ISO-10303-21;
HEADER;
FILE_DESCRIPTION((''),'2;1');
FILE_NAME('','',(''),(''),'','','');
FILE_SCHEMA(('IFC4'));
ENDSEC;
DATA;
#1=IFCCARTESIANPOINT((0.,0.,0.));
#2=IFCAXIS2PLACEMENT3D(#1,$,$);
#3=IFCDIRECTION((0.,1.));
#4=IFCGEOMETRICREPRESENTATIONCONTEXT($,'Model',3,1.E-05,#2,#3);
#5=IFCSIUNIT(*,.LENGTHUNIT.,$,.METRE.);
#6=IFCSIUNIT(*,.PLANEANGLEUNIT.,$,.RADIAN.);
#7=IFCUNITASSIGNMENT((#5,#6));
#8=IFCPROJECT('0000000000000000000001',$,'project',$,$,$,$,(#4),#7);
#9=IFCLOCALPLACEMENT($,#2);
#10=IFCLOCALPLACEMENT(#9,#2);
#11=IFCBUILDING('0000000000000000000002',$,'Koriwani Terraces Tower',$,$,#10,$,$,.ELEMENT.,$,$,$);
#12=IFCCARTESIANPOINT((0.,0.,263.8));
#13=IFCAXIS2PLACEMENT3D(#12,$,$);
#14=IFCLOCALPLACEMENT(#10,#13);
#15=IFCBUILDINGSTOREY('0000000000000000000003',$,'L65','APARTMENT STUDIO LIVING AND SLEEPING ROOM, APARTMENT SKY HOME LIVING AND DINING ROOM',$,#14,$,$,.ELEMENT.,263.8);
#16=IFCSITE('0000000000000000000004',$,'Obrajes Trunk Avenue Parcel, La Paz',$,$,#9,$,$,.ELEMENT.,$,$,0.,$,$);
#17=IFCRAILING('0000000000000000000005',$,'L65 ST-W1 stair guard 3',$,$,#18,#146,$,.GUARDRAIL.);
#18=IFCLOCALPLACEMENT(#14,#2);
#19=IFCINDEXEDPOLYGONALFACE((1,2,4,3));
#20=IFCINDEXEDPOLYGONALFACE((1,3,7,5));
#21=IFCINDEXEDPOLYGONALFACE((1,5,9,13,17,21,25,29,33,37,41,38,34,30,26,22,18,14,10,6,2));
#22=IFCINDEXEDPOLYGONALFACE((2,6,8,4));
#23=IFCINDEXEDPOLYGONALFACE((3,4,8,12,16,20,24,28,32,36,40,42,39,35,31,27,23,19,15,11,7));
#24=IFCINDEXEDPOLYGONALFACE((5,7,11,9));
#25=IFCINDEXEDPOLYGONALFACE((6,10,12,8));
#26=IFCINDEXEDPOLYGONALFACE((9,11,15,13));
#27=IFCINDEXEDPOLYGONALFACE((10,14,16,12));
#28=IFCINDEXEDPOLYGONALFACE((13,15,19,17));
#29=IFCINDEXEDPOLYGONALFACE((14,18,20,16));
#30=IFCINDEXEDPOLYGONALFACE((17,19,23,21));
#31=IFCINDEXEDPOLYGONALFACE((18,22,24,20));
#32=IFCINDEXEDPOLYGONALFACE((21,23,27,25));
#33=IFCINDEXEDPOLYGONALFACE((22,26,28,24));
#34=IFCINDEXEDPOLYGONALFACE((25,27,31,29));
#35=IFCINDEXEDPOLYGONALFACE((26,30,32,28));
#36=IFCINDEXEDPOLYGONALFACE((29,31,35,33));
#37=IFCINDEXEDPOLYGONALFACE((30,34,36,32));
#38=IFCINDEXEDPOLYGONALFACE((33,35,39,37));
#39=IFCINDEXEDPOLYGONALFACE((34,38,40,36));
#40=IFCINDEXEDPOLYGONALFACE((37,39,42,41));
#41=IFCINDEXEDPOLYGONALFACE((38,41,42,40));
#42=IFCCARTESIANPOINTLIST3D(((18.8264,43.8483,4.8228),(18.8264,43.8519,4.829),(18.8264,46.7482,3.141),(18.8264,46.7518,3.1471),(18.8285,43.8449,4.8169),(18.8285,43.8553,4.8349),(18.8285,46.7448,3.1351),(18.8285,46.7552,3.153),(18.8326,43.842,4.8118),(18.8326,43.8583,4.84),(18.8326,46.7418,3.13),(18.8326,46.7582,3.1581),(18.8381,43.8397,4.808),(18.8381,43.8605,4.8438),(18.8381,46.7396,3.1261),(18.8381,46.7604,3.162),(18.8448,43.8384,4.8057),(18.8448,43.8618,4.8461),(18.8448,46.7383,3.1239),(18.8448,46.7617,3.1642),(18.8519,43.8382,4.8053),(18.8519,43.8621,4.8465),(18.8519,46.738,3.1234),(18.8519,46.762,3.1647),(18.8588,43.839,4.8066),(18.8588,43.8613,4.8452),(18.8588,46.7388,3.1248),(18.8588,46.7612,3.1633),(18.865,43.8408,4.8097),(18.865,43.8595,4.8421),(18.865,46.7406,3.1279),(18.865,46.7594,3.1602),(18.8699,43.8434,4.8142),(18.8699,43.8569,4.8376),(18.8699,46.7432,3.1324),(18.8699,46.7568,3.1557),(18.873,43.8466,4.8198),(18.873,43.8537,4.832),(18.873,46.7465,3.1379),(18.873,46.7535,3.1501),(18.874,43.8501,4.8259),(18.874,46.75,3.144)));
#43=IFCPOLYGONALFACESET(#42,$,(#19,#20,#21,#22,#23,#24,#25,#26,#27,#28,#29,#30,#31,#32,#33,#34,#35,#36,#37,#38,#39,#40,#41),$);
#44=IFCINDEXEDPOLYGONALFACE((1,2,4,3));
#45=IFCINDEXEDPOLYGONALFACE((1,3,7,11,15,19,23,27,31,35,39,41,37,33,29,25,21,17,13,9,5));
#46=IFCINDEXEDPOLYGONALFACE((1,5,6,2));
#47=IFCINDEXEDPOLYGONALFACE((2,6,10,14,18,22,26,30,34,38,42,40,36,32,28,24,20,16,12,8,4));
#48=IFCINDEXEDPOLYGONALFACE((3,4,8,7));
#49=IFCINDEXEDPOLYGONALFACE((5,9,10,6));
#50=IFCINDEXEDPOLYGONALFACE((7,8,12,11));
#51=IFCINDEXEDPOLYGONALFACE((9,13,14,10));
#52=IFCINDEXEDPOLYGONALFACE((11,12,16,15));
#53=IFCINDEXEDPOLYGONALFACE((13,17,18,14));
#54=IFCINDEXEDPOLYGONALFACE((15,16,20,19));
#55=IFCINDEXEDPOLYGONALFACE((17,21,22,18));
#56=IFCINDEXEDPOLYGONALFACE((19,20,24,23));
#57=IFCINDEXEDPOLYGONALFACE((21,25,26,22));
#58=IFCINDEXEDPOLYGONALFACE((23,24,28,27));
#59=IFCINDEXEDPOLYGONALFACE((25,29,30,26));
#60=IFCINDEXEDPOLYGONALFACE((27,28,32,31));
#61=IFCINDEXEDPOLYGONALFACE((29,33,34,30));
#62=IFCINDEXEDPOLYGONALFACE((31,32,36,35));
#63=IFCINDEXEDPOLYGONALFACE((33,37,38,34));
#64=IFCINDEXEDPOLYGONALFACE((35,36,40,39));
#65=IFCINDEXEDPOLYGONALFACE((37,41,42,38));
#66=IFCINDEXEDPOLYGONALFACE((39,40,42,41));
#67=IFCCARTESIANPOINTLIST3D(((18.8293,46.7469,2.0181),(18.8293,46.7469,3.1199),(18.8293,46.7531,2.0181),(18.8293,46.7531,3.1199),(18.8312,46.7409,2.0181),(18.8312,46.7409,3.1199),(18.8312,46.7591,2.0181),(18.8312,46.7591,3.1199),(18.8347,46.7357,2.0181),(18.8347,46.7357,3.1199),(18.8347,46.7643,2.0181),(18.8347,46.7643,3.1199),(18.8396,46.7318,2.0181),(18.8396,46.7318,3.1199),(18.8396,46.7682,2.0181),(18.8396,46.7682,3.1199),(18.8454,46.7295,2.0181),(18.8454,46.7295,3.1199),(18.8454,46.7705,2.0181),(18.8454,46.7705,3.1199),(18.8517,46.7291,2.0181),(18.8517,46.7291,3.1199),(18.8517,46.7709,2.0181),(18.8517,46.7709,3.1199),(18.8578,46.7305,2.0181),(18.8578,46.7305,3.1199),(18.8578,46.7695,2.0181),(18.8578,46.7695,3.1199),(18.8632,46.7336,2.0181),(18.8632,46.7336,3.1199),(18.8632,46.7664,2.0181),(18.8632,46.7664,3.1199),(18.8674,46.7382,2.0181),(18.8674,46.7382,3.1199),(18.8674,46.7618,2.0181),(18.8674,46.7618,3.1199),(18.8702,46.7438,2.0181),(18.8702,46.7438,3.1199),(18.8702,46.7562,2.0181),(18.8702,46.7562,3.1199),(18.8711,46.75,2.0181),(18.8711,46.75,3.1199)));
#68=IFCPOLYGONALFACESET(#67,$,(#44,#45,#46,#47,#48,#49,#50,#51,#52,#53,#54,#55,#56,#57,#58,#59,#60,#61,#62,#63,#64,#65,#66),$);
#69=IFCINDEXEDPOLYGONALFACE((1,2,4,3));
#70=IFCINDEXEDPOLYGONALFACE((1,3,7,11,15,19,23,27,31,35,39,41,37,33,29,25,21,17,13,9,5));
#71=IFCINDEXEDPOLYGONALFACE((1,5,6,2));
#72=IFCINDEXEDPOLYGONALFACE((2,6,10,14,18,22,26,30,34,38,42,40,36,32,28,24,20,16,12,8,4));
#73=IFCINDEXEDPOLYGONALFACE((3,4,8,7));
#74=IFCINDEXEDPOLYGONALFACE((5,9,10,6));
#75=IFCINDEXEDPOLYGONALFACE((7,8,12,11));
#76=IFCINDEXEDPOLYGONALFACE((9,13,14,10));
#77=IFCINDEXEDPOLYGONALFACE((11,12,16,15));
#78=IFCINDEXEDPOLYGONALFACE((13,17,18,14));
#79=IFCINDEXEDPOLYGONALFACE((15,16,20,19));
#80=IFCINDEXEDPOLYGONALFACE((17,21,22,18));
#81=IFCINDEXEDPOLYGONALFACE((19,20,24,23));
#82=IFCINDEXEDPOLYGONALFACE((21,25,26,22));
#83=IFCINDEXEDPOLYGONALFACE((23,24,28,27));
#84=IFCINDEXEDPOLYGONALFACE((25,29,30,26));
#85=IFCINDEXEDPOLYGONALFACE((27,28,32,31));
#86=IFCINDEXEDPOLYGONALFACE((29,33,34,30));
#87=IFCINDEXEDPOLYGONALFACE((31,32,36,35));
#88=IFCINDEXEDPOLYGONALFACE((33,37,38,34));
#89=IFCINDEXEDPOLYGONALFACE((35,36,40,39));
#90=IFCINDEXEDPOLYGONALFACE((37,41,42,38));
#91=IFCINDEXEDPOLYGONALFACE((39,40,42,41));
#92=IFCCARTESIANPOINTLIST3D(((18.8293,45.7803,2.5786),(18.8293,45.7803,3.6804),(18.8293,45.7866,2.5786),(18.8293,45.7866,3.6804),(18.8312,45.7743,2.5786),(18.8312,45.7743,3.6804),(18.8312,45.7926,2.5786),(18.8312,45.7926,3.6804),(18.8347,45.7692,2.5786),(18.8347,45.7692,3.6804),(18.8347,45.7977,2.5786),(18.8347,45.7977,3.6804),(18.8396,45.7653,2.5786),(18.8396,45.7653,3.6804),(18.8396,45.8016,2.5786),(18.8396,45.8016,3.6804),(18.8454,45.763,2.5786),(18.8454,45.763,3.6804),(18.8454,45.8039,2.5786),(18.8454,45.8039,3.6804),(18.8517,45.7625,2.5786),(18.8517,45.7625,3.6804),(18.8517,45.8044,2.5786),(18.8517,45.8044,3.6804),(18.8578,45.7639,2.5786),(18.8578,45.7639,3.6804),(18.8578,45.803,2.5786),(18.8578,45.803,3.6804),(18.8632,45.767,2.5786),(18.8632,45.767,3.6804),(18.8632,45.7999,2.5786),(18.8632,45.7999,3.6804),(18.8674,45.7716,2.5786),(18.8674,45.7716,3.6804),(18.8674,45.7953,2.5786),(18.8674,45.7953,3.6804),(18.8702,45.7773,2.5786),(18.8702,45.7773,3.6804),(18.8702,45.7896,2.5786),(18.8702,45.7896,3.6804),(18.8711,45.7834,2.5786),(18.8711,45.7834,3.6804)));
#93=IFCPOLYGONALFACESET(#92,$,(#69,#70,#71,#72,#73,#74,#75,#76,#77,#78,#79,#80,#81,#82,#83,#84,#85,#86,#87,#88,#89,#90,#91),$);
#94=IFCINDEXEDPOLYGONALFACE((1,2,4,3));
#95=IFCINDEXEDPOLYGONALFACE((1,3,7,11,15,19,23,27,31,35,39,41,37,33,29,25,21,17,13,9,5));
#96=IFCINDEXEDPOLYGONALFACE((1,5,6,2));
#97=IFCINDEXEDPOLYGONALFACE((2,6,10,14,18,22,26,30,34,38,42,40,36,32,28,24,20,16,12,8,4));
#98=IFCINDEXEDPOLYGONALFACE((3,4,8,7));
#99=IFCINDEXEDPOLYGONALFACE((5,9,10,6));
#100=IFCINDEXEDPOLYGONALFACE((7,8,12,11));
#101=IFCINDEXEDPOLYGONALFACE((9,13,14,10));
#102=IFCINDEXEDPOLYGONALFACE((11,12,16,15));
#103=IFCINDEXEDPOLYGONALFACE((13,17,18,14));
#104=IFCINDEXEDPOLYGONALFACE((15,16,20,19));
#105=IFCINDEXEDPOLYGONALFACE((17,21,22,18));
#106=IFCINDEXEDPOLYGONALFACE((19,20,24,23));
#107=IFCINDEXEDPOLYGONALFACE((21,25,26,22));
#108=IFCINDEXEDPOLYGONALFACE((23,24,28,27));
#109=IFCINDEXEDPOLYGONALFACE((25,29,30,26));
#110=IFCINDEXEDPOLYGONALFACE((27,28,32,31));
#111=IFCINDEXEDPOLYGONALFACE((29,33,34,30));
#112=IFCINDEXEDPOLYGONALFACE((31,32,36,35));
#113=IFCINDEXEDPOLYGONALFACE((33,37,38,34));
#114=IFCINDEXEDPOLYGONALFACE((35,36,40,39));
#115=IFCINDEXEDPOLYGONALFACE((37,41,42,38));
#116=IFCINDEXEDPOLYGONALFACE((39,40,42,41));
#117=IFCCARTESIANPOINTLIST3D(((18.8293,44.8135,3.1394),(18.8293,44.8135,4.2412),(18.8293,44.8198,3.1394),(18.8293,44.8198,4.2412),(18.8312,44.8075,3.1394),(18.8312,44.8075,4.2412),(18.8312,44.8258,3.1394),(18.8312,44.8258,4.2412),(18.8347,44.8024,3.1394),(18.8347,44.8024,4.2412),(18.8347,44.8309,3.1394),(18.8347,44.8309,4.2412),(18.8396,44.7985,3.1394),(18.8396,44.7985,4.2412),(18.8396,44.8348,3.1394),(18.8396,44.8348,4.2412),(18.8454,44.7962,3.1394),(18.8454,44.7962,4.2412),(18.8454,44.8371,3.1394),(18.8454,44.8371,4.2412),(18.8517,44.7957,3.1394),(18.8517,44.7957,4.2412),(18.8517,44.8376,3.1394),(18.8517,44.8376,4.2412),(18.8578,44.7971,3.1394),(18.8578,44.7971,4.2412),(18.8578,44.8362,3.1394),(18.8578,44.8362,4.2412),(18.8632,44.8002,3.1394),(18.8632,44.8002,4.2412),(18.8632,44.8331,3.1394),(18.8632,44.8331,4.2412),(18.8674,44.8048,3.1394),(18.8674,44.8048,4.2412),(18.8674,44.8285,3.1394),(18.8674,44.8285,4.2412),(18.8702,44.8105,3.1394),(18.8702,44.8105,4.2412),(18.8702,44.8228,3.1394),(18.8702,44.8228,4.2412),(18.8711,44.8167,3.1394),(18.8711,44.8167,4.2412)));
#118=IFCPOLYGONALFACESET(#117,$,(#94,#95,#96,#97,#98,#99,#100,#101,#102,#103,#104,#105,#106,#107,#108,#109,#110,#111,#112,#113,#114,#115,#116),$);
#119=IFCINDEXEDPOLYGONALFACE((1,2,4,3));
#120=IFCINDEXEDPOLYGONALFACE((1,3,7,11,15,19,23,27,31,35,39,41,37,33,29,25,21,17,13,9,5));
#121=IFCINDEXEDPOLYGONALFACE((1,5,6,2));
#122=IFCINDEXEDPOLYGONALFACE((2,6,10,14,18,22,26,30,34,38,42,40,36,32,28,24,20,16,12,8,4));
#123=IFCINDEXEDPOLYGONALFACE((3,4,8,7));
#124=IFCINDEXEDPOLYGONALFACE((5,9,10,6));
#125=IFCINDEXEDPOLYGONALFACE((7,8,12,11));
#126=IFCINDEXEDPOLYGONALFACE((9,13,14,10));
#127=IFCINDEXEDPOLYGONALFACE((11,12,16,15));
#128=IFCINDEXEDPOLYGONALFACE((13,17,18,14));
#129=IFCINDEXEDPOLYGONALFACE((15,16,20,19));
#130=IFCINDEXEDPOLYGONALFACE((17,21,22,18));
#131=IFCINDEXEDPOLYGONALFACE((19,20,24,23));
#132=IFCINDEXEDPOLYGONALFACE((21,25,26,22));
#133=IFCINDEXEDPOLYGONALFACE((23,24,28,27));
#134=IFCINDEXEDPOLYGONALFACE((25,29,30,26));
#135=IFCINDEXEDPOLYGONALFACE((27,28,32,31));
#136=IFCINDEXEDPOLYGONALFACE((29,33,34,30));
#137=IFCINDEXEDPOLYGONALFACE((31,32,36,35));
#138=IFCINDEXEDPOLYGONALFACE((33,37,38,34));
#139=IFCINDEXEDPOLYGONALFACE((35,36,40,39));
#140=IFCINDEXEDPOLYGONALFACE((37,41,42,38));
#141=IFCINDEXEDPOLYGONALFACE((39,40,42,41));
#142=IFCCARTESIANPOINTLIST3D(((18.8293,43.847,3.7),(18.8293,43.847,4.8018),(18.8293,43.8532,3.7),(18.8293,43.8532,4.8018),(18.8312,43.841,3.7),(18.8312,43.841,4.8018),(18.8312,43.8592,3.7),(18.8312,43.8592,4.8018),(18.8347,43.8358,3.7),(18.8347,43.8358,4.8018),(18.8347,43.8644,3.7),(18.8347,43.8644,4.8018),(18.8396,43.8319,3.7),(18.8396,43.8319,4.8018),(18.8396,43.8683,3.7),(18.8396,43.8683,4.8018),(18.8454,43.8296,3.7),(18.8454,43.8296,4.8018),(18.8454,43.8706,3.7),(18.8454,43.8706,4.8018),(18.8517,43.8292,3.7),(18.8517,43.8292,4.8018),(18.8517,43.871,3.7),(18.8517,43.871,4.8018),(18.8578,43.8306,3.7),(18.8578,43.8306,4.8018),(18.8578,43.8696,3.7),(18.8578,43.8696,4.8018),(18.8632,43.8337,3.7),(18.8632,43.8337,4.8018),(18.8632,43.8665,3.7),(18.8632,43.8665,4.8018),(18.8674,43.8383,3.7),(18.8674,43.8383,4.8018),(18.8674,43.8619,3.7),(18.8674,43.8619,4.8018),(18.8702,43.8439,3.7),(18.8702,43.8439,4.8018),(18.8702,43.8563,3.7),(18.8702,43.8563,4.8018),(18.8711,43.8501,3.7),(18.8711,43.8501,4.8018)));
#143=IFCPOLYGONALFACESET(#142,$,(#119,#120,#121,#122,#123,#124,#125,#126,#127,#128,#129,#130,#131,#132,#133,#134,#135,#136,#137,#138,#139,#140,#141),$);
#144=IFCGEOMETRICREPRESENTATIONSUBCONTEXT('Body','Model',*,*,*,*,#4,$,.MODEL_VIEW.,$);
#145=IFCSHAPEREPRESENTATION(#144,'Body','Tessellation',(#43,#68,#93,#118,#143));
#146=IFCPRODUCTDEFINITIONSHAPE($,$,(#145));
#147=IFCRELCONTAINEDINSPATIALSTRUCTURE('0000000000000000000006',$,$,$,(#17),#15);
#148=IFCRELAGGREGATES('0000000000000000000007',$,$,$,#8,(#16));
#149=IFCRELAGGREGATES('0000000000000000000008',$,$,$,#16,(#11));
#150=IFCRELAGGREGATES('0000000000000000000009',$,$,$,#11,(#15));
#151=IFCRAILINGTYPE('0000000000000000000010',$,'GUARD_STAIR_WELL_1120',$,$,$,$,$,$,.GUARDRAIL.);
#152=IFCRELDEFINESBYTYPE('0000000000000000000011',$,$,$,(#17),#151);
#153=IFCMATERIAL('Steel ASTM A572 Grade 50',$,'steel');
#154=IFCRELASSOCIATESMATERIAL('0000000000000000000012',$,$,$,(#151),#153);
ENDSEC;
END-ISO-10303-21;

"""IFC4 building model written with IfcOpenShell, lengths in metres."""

from ifc_helpers import new_model, si_unit, direction, frame, origin, origin_2d, place, context, subcontext, project, spatial, circle, extrude, material, type_object, element, save


model = new_model("IFC4")

# Units and contexts
model_context = context("Model", 3, precision=1e-05, world=origin(), true_north=direction((0.0, 1.0)))
body_context = subcontext(model_context, "Body", "Model", "MODEL_VIEW")
ifc_project = project(units=[si_unit("LENGTHUNIT", "METRE"), si_unit("PLANEANGLEUNIT", "RADIAN")], contexts=[model_context])

# Site, building, storey
site_placement = place(None, origin())
site = spatial("IfcSite", under=ifc_project, at=site_placement, Name="Obrajes Trunk Avenue Parcel, La Paz", CompositionType="ELEMENT", RefElevation=0.0)
building_placement = place(site_placement, origin())
building = spatial("IfcBuilding", under=site, at=building_placement, Name="Koriwani Terraces Tower", CompositionType="ELEMENT")
storey_placement = place(building_placement, frame((0.0, 0.0, 263.8)))
storey = spatial("IfcBuildingStorey", under=building, at=storey_placement, Name="L65", Description="APARTMENT STUDIO LIVING AND SLEEPING ROOM, APARTMENT SKY HOME LIVING AND DINING ROOM", CompositionType="ELEMENT", Elevation=263.8)

# Shared definitions
ifc_material_1 = material(Name="Steel ASTM A572 Grade 50", Category="steel")

# Railing
railing_type_1 = type_object("IfcRailingType", Name="GUARD_STAIR_WELL_1120", PredefinedType="GUARDRAIL", material=ifc_material_1)
railing_1_placement = place(storey_placement, frame((18.8501, 46.75, 2.0181)))
element("IfcRailing", 1, at=railing_1_placement, inside=storey, type_object=railing_type_1, Name="L65 ST-W1 stair guard 3", PredefinedType="GUARDRAIL", context=body_context, shape_type="SweptSolid", body=[
    extrude(circle(Radius=0.0239, at=origin_2d()), frame((0.0, 0.0, 1.126), z_axis=(0.0, -0.865039, 0.501705), x_axis=(1.0, 0.0, 0.0)), (0.0, 0.0, 1.0), 3.3523),
    extrude(circle(Radius=0.021, at=origin_2d()), origin(), (0.0, 0.0, 1.0), 1.1018),
    extrude(circle(Radius=0.021, at=origin_2d()), frame((0.0, -0.9666, 0.5605)), (0.0, 0.0, 1.0), 1.1018),
    extrude(circle(Radius=0.021, at=origin_2d()), frame((0.0, -1.9333, 1.1213)), (0.0, 0.0, 1.0), 1.1018),
    extrude(circle(Radius=0.021, at=origin_2d()), frame((0.0, -2.8999, 1.6819)), (0.0, 0.0, 1.0), 1.1018),
])

save(model, "model.ifc")
